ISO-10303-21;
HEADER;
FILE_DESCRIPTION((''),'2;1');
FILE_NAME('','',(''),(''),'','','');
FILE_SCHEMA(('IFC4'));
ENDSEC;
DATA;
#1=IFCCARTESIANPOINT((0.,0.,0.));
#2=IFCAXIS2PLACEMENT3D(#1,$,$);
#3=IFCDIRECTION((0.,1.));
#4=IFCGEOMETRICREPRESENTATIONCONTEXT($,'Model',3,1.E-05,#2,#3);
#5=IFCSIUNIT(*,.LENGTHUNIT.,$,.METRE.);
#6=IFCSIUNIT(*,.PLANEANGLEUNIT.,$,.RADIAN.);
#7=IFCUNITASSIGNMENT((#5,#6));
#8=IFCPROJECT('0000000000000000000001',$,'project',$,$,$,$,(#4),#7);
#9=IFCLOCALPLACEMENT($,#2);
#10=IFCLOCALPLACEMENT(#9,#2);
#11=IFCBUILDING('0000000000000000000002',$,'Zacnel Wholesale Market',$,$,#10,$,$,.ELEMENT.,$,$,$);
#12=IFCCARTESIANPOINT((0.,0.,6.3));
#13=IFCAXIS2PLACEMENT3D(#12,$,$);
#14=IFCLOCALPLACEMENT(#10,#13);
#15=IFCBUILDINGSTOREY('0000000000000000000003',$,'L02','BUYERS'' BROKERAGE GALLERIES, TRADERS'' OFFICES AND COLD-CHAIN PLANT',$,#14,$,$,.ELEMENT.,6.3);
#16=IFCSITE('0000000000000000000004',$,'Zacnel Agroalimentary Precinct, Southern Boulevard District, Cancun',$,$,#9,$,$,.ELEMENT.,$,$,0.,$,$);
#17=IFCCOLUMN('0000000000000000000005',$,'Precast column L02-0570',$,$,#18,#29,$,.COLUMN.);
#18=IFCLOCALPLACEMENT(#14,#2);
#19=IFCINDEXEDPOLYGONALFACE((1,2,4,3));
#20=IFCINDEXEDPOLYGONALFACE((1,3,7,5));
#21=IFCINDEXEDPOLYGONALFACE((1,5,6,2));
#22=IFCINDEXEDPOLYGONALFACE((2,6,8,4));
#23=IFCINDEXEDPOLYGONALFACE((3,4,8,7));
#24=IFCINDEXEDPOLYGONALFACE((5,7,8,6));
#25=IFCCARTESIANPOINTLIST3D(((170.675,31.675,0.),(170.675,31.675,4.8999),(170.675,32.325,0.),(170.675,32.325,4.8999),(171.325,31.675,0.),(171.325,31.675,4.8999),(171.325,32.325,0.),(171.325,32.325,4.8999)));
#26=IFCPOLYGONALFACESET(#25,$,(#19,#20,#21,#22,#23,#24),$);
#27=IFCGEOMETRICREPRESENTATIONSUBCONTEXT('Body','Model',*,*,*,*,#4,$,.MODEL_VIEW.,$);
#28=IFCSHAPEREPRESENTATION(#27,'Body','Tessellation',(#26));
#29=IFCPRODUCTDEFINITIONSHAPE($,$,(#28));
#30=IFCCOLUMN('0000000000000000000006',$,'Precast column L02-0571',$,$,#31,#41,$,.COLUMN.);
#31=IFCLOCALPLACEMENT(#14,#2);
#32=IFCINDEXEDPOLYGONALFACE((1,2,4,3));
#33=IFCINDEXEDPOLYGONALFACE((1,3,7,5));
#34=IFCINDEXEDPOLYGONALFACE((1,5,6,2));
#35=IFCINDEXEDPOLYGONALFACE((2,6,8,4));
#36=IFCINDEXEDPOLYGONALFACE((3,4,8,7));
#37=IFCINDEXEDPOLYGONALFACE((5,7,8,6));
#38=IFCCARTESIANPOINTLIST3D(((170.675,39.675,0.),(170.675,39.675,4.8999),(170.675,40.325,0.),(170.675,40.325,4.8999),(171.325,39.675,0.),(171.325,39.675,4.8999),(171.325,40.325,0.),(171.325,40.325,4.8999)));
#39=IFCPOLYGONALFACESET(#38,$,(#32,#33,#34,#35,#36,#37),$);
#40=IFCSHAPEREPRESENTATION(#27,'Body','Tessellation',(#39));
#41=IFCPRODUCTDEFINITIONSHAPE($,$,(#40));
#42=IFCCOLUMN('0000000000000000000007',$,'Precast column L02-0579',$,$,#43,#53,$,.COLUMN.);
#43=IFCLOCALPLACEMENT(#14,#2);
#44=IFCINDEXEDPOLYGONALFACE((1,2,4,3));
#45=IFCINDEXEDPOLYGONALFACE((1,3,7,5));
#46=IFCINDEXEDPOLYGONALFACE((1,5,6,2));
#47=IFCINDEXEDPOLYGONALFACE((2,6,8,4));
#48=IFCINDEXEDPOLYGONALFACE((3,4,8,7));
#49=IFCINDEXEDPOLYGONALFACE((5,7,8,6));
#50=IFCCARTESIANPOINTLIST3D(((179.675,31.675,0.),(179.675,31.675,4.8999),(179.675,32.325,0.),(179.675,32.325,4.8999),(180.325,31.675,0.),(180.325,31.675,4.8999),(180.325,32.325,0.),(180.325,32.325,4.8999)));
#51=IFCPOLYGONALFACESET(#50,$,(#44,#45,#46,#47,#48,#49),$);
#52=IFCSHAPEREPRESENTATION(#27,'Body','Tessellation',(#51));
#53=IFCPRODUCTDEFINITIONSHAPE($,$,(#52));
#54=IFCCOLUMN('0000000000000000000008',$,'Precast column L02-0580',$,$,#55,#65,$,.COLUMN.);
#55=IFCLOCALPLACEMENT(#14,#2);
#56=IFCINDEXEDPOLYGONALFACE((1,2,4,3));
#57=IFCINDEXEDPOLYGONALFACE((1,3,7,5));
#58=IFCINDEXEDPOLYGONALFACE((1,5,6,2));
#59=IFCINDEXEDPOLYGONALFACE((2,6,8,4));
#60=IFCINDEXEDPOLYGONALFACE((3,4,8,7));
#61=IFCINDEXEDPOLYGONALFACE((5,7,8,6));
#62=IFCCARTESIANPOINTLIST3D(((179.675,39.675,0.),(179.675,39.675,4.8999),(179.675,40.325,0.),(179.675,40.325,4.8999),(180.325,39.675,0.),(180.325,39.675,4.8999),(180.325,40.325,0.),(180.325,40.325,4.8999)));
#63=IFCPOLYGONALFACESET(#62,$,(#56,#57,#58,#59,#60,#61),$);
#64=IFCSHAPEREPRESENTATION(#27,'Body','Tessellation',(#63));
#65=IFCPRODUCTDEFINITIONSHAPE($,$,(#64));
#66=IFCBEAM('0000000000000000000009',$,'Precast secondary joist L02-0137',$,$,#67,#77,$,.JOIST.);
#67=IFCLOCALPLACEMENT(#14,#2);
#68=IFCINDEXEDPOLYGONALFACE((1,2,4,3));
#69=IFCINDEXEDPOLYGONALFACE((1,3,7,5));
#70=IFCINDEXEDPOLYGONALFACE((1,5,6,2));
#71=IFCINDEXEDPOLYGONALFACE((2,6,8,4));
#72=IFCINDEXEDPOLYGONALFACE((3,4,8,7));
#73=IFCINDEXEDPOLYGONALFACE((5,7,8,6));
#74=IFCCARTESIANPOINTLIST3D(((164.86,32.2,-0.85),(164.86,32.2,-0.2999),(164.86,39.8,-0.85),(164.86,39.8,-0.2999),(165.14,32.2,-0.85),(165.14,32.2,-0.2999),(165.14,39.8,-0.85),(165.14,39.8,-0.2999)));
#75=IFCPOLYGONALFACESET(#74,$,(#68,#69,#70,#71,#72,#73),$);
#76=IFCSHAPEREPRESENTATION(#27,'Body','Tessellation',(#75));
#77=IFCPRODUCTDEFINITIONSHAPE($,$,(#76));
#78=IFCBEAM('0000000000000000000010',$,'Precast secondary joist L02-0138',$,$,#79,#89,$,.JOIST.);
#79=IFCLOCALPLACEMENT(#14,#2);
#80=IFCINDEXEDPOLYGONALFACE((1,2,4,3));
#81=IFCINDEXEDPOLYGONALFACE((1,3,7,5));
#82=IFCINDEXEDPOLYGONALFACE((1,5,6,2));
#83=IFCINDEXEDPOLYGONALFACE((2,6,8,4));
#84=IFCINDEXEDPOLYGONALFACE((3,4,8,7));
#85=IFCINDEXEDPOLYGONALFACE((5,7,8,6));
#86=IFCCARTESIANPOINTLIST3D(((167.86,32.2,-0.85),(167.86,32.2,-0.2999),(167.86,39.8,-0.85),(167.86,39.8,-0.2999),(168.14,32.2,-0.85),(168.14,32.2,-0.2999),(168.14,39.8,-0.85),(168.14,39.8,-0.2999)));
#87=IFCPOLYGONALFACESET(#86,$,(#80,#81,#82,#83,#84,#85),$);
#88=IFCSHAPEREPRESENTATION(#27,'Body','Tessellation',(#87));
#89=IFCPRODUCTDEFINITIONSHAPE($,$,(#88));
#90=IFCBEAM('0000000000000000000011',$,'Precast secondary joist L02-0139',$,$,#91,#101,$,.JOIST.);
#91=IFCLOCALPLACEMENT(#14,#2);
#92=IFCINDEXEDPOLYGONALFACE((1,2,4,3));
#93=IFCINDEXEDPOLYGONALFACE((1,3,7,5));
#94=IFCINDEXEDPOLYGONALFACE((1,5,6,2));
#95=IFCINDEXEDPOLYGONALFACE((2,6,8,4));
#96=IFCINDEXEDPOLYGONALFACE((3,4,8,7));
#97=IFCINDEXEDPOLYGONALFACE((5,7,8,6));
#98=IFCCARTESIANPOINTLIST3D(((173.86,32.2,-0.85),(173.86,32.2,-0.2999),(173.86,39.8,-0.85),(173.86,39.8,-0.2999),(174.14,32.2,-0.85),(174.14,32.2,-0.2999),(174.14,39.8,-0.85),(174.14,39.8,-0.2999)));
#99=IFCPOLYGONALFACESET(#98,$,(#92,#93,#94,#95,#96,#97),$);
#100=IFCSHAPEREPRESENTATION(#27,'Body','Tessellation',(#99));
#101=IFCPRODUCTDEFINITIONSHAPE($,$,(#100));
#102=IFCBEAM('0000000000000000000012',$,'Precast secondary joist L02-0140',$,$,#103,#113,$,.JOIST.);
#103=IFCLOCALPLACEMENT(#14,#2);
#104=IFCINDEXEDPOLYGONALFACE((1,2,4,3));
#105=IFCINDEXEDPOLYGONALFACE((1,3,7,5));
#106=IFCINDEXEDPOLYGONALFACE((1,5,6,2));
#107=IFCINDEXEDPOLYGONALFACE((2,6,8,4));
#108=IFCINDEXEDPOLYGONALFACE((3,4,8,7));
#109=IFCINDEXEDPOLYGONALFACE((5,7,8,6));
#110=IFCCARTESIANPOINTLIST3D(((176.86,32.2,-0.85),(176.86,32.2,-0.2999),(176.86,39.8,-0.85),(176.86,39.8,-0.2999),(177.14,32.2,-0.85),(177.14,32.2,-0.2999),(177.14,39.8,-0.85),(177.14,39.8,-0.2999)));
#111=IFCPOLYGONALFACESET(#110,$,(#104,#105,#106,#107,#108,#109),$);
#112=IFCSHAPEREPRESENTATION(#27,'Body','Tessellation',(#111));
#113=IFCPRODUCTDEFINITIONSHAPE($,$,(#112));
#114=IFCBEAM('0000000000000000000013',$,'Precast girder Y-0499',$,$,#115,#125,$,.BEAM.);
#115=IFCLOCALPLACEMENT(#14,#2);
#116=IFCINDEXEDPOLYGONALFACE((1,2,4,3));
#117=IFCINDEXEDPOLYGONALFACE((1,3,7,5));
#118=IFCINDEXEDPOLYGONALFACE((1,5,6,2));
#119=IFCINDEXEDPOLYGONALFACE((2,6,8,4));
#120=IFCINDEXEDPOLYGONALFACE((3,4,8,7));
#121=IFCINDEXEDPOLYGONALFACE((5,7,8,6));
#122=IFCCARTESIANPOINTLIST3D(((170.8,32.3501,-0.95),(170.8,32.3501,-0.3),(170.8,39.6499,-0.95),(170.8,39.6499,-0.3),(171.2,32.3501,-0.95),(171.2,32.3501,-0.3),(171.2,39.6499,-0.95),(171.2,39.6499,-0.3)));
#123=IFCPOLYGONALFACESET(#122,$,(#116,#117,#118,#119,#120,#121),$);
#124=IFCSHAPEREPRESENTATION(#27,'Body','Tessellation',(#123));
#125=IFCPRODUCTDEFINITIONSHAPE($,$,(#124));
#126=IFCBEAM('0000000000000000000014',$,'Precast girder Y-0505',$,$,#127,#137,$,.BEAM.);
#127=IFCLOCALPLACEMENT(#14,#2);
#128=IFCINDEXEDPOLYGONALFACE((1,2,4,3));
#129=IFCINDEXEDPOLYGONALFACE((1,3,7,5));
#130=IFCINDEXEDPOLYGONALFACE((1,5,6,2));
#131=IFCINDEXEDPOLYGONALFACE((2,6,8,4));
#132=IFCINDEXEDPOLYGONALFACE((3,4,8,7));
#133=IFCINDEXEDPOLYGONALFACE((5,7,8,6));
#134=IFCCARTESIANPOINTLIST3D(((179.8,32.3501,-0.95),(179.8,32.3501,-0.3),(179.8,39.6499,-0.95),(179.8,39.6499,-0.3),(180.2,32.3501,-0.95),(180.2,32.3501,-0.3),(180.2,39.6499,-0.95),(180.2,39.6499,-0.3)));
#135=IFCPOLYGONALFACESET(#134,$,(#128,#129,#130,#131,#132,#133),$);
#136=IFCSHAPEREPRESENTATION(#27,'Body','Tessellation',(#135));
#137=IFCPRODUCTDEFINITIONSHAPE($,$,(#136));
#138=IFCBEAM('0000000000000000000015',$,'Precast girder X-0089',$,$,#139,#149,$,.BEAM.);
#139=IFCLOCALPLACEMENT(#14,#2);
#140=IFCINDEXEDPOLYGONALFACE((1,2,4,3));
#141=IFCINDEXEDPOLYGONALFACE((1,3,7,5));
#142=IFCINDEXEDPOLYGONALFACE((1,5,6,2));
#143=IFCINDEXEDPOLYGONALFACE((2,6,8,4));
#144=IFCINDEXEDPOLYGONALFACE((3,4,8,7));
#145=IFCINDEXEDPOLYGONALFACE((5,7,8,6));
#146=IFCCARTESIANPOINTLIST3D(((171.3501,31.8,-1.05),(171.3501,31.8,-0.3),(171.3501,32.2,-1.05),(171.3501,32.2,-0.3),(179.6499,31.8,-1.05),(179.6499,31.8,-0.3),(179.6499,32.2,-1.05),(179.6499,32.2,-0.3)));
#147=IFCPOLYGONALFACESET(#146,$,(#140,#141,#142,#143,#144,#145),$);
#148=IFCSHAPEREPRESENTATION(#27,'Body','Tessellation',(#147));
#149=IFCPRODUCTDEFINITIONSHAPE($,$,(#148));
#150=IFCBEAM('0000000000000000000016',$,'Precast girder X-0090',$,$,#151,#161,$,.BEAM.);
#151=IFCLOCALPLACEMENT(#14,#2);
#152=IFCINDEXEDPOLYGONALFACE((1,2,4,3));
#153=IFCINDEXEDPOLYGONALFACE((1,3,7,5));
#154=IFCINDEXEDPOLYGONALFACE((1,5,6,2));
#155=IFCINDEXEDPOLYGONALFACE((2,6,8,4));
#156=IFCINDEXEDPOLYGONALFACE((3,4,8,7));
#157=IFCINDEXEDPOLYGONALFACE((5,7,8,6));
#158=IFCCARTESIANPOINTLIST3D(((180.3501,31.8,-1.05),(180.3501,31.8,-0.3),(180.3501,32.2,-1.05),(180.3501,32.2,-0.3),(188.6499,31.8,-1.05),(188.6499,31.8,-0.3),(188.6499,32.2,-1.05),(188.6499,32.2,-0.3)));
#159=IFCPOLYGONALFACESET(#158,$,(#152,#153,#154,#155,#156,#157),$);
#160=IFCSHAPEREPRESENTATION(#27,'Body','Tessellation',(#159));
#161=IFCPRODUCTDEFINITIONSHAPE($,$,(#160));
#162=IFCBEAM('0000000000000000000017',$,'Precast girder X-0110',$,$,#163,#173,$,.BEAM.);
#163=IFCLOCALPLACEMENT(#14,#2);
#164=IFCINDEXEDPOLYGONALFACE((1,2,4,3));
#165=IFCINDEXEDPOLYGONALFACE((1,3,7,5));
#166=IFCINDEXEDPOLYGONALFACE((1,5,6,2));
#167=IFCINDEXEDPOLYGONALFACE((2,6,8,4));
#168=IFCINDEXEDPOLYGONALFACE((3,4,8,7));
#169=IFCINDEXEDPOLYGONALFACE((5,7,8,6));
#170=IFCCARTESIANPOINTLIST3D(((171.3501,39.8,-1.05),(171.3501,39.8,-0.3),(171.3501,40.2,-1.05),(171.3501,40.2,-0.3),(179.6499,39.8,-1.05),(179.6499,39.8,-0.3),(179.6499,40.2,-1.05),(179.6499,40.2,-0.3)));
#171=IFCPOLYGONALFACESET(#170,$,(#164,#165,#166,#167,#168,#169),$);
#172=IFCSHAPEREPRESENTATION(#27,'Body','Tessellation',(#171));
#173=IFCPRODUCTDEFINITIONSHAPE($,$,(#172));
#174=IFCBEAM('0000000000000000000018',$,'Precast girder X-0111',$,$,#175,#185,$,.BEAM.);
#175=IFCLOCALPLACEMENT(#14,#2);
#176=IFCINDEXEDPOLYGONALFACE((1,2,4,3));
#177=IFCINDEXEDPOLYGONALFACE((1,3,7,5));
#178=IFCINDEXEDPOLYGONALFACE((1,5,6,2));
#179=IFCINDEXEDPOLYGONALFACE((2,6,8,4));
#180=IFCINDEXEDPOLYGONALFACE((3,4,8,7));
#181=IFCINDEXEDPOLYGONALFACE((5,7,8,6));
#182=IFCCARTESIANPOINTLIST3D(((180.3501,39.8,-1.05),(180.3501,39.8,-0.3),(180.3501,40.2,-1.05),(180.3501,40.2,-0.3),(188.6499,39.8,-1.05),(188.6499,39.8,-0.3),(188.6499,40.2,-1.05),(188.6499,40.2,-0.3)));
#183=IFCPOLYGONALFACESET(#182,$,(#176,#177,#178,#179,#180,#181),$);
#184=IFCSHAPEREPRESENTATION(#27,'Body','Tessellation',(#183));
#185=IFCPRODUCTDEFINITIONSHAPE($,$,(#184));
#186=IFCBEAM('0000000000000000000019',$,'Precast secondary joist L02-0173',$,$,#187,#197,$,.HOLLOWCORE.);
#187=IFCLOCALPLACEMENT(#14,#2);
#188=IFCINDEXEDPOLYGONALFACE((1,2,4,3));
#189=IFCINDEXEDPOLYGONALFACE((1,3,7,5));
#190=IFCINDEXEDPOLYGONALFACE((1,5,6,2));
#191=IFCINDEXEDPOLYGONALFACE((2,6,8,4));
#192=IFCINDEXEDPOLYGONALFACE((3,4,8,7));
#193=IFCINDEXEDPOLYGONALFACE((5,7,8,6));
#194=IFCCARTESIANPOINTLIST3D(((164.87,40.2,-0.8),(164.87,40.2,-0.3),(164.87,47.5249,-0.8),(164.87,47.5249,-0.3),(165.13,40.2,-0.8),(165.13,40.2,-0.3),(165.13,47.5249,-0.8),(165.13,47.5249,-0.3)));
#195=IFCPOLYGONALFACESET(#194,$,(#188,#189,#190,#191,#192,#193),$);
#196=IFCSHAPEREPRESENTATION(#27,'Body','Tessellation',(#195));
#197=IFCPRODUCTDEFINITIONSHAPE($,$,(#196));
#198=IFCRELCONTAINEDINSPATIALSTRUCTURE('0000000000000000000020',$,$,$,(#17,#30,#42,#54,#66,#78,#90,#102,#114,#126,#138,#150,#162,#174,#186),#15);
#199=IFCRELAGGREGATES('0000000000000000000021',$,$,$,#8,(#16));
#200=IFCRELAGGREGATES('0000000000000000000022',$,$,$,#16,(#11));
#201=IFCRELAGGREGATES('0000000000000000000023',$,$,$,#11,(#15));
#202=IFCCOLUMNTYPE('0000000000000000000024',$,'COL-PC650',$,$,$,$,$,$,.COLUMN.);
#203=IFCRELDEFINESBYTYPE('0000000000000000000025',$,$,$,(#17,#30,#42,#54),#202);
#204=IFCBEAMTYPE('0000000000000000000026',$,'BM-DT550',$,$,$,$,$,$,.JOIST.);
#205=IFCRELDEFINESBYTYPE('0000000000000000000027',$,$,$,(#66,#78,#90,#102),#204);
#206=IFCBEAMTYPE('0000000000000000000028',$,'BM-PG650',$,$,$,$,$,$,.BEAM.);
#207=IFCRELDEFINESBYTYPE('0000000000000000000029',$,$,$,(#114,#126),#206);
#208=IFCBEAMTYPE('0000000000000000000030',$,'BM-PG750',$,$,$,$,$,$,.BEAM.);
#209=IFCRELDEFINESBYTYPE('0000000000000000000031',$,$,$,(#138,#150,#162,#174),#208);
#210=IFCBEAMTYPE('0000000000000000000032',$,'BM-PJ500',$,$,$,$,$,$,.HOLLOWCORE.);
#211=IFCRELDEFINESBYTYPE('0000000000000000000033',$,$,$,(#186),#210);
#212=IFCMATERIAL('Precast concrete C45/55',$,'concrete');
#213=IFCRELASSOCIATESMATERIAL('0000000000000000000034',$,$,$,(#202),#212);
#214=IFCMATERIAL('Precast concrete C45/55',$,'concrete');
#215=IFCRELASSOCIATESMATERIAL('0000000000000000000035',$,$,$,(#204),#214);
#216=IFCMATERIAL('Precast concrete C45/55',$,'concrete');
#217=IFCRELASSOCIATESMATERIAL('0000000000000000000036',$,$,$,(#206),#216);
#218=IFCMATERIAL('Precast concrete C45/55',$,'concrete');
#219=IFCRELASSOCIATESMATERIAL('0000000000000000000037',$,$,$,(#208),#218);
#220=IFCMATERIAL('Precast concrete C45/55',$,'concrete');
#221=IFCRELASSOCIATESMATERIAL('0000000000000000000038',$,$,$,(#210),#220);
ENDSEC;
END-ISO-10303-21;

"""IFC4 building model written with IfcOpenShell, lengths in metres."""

from ifc_helpers import new_model, si_unit, direction, frame, origin, origin_2d, place, context, subcontext, project, spatial, rectangle, extrude, material, material_profile, profile_set, type_object, element, save


model = new_model("IFC4")

# Units and contexts
model_context = context("Model", 3, precision=1e-05, world=origin(), true_north=direction((0.0, 1.0)))
body_context = subcontext(model_context, "Body", "Model", "MODEL_VIEW")
ifc_project = project(units=[si_unit("LENGTHUNIT", "METRE"), si_unit("PLANEANGLEUNIT", "RADIAN")], contexts=[model_context])

# Site, building, storey
site_placement = place(None, origin())
site = spatial("IfcSite", under=ifc_project, at=site_placement, Name="Zacnel Agroalimentary Precinct, Southern Boulevard District, Cancun", CompositionType="ELEMENT", RefElevation=0.0)
building_placement = place(site_placement, origin())
building = spatial("IfcBuilding", under=site, at=building_placement, Name="Zacnel Wholesale Market", CompositionType="ELEMENT")
storey_placement = place(building_placement, frame((0.0, 0.0, 6.3)))
storey = spatial("IfcBuildingStorey", under=building, at=storey_placement, Name="L02", Description="BUYERS' BROKERAGE GALLERIES, TRADERS' OFFICES AND COLD-CHAIN PLANT", CompositionType="ELEMENT", Elevation=6.3)

# Columns
ifc_material_1 = material(Name="Precast concrete C45/55", Category="concrete")
ifc_material_profile_1 = material_profile(ifc_material_1, rectangle(XDim=0.6499, YDim=0.6499, at=origin_2d()), Name="PC 650x650")
ifc_profile_set_1 = profile_set([ifc_material_profile_1], Name="Precast concrete C45/55")
column_type = type_object("IfcColumnType", Name="COL-PC650", PredefinedType="COLUMN", material=ifc_profile_set_1)
for number, where, z_axis, x_axis, name in (
    (1, (171.0, 32.0, 0.0), (0.0, 0.0, 1.0), (1.0, 0.0, 0.0), "Precast column L02-0570"),
    (2, (171.0, 40.0, 0.0), (0.0, 0.0, 1.0), (1.0, 0.0, 0.0), "Precast column L02-0571"),
    (3, (180.0, 32.0, 0.0), (0.0, 0.0, 1.0), (1.0, 0.0, 0.0), "Precast column L02-0579"),
    (4, (180.0, 40.0, 0.0), (0.0, 0.0, 1.0), (1.0, 0.0, 0.0), "Precast column L02-0580"),
):
    element("IfcColumn", number, at=place(storey_placement, frame(where, z_axis=z_axis, x_axis=x_axis)), inside=storey, type_object=column_type, Name=name, PredefinedType="COLUMN", context=body_context, shape_type="SweptSolid", body=[
        extrude(rectangle(XDim=0.6499, YDim=0.6499, at=origin_2d()), origin(), (0.0, 0.0, 1.0), 4.8999),
    ])

# Beams
ifc_material_2 = material(Name="Precast concrete C45/55", Category="concrete")
ifc_material_profile_2 = material_profile(ifc_material_2, rectangle(XDim=0.28, YDim=0.55, at=origin_2d()), Name="DT RIB 280x550")
ifc_profile_set_2 = profile_set([ifc_material_profile_2], Name="Precast concrete C45/55")
beam_type_1 = type_object("IfcBeamType", Name="BM-DT550", PredefinedType="JOIST", material=ifc_profile_set_2)
for number, where, z_axis, x_axis, name in (
    (5, (165.0, 32.2, -0.575), (0.0, 1.0, 0.0), (-1.0, 0.0, 0.0), "Precast secondary joist L02-0137"),
    (6, (168.0, 32.2, -0.575), (0.0, 1.0, 0.0), (-1.0, 0.0, 0.0), "Precast secondary joist L02-0138"),
    (7, (174.0, 32.2, -0.575), (0.0, 1.0, 0.0), (-1.0, 0.0, 0.0), "Precast secondary joist L02-0139"),
    (8, (177.0, 32.2, -0.575), (0.0, 1.0, 0.0), (-1.0, 0.0, 0.0), "Precast secondary joist L02-0140"),
):
    element("IfcBeam", number, at=place(storey_placement, frame(where, z_axis=z_axis, x_axis=x_axis)), inside=storey, type_object=beam_type_1, Name=name, PredefinedType="JOIST", context=body_context, shape_type="SweptSolid", body=[
        extrude(rectangle(XDim=0.28, YDim=0.55, at=origin_2d()), origin(), (0.0, 0.0, 1.0), 7.6001),
    ])
ifc_material_3 = material(Name="Precast concrete C45/55", Category="concrete")
ifc_material_profile_3 = material_profile(ifc_material_3, rectangle(XDim=0.3999, YDim=0.6499, at=origin_2d()), Name="PG 400x650")
ifc_profile_set_3 = profile_set([ifc_material_profile_3], Name="Precast concrete C45/55")
beam_type_2 = type_object("IfcBeamType", Name="BM-PG650", PredefinedType="BEAM", material=ifc_profile_set_3)
for number, where, z_axis, x_axis, name in (
    (9, (171.0, 32.3501, -0.625), (0.0, 1.0, 0.0), (-1.0, 0.0, 0.0), "Precast girder Y-0499"),
    (10, (180.0, 32.3501, -0.625), (0.0, 1.0, 0.0), (-1.0, 0.0, 0.0), "Precast girder Y-0505"),
):
    element("IfcBeam", number, at=place(storey_placement, frame(where, z_axis=z_axis, x_axis=x_axis)), inside=storey, type_object=beam_type_2, Name=name, PredefinedType="BEAM", context=body_context, shape_type="SweptSolid", body=[
        extrude(rectangle(XDim=0.3999, YDim=0.6499, at=origin_2d()), origin(), (0.0, 0.0, 1.0), 7.2998),
    ])
ifc_material_4 = material(Name="Precast concrete C45/55", Category="concrete")
ifc_material_profile_4 = material_profile(ifc_material_4, rectangle(XDim=0.3999, YDim=0.75, at=origin_2d()), Name="PG 400x750")
ifc_profile_set_4 = profile_set([ifc_material_profile_4], Name="Precast concrete C45/55")
beam_type_3 = type_object("IfcBeamType", Name="BM-PG750", PredefinedType="BEAM", material=ifc_profile_set_4)
for number, where, z_axis, x_axis, name in (
    (11, (171.3501, 32.0, -0.675), (1.0, 0.0, 0.0), (0.0, 1.0, 0.0), "Precast girder X-0089"),
    (12, (180.3501, 32.0, -0.675), (1.0, 0.0, 0.0), (0.0, 1.0, 0.0), "Precast girder X-0090"),
    (13, (171.3501, 40.0, -0.675), (1.0, 0.0, 0.0), (0.0, 1.0, 0.0), "Precast girder X-0110"),
    (14, (180.3501, 40.0, -0.675), (1.0, 0.0, 0.0), (0.0, 1.0, 0.0), "Precast girder X-0111"),
):
    element("IfcBeam", number, at=place(storey_placement, frame(where, z_axis=z_axis, x_axis=x_axis)), inside=storey, type_object=beam_type_3, Name=name, PredefinedType="BEAM", context=body_context, shape_type="SweptSolid", body=[
        extrude(rectangle(XDim=0.3999, YDim=0.75, at=origin_2d()), origin(), (0.0, 0.0, 1.0), 8.2998),
    ])
ifc_material_5 = material(Name="Precast concrete C45/55", Category="concrete")
ifc_material_profile_5 = material_profile(ifc_material_5, rectangle(XDim=0.26, YDim=0.5, at=origin_2d()), Name="PJ 260x500")
ifc_profile_set_5 = profile_set([ifc_material_profile_5], Name="Precast concrete C45/55")
beam_type_4 = type_object("IfcBeamType", Name="BM-PJ500", PredefinedType="HOLLOWCORE", material=ifc_profile_set_5)
beam_placement = place(storey_placement, frame((165.0, 40.2, -0.55), z_axis=(0.0, 1.0, 0.0), x_axis=(-1.0, 0.0, 0.0)))
element("IfcBeam", 15, at=beam_placement, inside=storey, type_object=beam_type_4, Name="Precast secondary joist L02-0173", PredefinedType="HOLLOWCORE", context=body_context, shape_type="SweptSolid", body=[
    extrude(rectangle(XDim=0.26, YDim=0.5, at=origin_2d()), origin(), (0.0, 0.0, 1.0), 7.325),
])

save(model, "model.ifc")
